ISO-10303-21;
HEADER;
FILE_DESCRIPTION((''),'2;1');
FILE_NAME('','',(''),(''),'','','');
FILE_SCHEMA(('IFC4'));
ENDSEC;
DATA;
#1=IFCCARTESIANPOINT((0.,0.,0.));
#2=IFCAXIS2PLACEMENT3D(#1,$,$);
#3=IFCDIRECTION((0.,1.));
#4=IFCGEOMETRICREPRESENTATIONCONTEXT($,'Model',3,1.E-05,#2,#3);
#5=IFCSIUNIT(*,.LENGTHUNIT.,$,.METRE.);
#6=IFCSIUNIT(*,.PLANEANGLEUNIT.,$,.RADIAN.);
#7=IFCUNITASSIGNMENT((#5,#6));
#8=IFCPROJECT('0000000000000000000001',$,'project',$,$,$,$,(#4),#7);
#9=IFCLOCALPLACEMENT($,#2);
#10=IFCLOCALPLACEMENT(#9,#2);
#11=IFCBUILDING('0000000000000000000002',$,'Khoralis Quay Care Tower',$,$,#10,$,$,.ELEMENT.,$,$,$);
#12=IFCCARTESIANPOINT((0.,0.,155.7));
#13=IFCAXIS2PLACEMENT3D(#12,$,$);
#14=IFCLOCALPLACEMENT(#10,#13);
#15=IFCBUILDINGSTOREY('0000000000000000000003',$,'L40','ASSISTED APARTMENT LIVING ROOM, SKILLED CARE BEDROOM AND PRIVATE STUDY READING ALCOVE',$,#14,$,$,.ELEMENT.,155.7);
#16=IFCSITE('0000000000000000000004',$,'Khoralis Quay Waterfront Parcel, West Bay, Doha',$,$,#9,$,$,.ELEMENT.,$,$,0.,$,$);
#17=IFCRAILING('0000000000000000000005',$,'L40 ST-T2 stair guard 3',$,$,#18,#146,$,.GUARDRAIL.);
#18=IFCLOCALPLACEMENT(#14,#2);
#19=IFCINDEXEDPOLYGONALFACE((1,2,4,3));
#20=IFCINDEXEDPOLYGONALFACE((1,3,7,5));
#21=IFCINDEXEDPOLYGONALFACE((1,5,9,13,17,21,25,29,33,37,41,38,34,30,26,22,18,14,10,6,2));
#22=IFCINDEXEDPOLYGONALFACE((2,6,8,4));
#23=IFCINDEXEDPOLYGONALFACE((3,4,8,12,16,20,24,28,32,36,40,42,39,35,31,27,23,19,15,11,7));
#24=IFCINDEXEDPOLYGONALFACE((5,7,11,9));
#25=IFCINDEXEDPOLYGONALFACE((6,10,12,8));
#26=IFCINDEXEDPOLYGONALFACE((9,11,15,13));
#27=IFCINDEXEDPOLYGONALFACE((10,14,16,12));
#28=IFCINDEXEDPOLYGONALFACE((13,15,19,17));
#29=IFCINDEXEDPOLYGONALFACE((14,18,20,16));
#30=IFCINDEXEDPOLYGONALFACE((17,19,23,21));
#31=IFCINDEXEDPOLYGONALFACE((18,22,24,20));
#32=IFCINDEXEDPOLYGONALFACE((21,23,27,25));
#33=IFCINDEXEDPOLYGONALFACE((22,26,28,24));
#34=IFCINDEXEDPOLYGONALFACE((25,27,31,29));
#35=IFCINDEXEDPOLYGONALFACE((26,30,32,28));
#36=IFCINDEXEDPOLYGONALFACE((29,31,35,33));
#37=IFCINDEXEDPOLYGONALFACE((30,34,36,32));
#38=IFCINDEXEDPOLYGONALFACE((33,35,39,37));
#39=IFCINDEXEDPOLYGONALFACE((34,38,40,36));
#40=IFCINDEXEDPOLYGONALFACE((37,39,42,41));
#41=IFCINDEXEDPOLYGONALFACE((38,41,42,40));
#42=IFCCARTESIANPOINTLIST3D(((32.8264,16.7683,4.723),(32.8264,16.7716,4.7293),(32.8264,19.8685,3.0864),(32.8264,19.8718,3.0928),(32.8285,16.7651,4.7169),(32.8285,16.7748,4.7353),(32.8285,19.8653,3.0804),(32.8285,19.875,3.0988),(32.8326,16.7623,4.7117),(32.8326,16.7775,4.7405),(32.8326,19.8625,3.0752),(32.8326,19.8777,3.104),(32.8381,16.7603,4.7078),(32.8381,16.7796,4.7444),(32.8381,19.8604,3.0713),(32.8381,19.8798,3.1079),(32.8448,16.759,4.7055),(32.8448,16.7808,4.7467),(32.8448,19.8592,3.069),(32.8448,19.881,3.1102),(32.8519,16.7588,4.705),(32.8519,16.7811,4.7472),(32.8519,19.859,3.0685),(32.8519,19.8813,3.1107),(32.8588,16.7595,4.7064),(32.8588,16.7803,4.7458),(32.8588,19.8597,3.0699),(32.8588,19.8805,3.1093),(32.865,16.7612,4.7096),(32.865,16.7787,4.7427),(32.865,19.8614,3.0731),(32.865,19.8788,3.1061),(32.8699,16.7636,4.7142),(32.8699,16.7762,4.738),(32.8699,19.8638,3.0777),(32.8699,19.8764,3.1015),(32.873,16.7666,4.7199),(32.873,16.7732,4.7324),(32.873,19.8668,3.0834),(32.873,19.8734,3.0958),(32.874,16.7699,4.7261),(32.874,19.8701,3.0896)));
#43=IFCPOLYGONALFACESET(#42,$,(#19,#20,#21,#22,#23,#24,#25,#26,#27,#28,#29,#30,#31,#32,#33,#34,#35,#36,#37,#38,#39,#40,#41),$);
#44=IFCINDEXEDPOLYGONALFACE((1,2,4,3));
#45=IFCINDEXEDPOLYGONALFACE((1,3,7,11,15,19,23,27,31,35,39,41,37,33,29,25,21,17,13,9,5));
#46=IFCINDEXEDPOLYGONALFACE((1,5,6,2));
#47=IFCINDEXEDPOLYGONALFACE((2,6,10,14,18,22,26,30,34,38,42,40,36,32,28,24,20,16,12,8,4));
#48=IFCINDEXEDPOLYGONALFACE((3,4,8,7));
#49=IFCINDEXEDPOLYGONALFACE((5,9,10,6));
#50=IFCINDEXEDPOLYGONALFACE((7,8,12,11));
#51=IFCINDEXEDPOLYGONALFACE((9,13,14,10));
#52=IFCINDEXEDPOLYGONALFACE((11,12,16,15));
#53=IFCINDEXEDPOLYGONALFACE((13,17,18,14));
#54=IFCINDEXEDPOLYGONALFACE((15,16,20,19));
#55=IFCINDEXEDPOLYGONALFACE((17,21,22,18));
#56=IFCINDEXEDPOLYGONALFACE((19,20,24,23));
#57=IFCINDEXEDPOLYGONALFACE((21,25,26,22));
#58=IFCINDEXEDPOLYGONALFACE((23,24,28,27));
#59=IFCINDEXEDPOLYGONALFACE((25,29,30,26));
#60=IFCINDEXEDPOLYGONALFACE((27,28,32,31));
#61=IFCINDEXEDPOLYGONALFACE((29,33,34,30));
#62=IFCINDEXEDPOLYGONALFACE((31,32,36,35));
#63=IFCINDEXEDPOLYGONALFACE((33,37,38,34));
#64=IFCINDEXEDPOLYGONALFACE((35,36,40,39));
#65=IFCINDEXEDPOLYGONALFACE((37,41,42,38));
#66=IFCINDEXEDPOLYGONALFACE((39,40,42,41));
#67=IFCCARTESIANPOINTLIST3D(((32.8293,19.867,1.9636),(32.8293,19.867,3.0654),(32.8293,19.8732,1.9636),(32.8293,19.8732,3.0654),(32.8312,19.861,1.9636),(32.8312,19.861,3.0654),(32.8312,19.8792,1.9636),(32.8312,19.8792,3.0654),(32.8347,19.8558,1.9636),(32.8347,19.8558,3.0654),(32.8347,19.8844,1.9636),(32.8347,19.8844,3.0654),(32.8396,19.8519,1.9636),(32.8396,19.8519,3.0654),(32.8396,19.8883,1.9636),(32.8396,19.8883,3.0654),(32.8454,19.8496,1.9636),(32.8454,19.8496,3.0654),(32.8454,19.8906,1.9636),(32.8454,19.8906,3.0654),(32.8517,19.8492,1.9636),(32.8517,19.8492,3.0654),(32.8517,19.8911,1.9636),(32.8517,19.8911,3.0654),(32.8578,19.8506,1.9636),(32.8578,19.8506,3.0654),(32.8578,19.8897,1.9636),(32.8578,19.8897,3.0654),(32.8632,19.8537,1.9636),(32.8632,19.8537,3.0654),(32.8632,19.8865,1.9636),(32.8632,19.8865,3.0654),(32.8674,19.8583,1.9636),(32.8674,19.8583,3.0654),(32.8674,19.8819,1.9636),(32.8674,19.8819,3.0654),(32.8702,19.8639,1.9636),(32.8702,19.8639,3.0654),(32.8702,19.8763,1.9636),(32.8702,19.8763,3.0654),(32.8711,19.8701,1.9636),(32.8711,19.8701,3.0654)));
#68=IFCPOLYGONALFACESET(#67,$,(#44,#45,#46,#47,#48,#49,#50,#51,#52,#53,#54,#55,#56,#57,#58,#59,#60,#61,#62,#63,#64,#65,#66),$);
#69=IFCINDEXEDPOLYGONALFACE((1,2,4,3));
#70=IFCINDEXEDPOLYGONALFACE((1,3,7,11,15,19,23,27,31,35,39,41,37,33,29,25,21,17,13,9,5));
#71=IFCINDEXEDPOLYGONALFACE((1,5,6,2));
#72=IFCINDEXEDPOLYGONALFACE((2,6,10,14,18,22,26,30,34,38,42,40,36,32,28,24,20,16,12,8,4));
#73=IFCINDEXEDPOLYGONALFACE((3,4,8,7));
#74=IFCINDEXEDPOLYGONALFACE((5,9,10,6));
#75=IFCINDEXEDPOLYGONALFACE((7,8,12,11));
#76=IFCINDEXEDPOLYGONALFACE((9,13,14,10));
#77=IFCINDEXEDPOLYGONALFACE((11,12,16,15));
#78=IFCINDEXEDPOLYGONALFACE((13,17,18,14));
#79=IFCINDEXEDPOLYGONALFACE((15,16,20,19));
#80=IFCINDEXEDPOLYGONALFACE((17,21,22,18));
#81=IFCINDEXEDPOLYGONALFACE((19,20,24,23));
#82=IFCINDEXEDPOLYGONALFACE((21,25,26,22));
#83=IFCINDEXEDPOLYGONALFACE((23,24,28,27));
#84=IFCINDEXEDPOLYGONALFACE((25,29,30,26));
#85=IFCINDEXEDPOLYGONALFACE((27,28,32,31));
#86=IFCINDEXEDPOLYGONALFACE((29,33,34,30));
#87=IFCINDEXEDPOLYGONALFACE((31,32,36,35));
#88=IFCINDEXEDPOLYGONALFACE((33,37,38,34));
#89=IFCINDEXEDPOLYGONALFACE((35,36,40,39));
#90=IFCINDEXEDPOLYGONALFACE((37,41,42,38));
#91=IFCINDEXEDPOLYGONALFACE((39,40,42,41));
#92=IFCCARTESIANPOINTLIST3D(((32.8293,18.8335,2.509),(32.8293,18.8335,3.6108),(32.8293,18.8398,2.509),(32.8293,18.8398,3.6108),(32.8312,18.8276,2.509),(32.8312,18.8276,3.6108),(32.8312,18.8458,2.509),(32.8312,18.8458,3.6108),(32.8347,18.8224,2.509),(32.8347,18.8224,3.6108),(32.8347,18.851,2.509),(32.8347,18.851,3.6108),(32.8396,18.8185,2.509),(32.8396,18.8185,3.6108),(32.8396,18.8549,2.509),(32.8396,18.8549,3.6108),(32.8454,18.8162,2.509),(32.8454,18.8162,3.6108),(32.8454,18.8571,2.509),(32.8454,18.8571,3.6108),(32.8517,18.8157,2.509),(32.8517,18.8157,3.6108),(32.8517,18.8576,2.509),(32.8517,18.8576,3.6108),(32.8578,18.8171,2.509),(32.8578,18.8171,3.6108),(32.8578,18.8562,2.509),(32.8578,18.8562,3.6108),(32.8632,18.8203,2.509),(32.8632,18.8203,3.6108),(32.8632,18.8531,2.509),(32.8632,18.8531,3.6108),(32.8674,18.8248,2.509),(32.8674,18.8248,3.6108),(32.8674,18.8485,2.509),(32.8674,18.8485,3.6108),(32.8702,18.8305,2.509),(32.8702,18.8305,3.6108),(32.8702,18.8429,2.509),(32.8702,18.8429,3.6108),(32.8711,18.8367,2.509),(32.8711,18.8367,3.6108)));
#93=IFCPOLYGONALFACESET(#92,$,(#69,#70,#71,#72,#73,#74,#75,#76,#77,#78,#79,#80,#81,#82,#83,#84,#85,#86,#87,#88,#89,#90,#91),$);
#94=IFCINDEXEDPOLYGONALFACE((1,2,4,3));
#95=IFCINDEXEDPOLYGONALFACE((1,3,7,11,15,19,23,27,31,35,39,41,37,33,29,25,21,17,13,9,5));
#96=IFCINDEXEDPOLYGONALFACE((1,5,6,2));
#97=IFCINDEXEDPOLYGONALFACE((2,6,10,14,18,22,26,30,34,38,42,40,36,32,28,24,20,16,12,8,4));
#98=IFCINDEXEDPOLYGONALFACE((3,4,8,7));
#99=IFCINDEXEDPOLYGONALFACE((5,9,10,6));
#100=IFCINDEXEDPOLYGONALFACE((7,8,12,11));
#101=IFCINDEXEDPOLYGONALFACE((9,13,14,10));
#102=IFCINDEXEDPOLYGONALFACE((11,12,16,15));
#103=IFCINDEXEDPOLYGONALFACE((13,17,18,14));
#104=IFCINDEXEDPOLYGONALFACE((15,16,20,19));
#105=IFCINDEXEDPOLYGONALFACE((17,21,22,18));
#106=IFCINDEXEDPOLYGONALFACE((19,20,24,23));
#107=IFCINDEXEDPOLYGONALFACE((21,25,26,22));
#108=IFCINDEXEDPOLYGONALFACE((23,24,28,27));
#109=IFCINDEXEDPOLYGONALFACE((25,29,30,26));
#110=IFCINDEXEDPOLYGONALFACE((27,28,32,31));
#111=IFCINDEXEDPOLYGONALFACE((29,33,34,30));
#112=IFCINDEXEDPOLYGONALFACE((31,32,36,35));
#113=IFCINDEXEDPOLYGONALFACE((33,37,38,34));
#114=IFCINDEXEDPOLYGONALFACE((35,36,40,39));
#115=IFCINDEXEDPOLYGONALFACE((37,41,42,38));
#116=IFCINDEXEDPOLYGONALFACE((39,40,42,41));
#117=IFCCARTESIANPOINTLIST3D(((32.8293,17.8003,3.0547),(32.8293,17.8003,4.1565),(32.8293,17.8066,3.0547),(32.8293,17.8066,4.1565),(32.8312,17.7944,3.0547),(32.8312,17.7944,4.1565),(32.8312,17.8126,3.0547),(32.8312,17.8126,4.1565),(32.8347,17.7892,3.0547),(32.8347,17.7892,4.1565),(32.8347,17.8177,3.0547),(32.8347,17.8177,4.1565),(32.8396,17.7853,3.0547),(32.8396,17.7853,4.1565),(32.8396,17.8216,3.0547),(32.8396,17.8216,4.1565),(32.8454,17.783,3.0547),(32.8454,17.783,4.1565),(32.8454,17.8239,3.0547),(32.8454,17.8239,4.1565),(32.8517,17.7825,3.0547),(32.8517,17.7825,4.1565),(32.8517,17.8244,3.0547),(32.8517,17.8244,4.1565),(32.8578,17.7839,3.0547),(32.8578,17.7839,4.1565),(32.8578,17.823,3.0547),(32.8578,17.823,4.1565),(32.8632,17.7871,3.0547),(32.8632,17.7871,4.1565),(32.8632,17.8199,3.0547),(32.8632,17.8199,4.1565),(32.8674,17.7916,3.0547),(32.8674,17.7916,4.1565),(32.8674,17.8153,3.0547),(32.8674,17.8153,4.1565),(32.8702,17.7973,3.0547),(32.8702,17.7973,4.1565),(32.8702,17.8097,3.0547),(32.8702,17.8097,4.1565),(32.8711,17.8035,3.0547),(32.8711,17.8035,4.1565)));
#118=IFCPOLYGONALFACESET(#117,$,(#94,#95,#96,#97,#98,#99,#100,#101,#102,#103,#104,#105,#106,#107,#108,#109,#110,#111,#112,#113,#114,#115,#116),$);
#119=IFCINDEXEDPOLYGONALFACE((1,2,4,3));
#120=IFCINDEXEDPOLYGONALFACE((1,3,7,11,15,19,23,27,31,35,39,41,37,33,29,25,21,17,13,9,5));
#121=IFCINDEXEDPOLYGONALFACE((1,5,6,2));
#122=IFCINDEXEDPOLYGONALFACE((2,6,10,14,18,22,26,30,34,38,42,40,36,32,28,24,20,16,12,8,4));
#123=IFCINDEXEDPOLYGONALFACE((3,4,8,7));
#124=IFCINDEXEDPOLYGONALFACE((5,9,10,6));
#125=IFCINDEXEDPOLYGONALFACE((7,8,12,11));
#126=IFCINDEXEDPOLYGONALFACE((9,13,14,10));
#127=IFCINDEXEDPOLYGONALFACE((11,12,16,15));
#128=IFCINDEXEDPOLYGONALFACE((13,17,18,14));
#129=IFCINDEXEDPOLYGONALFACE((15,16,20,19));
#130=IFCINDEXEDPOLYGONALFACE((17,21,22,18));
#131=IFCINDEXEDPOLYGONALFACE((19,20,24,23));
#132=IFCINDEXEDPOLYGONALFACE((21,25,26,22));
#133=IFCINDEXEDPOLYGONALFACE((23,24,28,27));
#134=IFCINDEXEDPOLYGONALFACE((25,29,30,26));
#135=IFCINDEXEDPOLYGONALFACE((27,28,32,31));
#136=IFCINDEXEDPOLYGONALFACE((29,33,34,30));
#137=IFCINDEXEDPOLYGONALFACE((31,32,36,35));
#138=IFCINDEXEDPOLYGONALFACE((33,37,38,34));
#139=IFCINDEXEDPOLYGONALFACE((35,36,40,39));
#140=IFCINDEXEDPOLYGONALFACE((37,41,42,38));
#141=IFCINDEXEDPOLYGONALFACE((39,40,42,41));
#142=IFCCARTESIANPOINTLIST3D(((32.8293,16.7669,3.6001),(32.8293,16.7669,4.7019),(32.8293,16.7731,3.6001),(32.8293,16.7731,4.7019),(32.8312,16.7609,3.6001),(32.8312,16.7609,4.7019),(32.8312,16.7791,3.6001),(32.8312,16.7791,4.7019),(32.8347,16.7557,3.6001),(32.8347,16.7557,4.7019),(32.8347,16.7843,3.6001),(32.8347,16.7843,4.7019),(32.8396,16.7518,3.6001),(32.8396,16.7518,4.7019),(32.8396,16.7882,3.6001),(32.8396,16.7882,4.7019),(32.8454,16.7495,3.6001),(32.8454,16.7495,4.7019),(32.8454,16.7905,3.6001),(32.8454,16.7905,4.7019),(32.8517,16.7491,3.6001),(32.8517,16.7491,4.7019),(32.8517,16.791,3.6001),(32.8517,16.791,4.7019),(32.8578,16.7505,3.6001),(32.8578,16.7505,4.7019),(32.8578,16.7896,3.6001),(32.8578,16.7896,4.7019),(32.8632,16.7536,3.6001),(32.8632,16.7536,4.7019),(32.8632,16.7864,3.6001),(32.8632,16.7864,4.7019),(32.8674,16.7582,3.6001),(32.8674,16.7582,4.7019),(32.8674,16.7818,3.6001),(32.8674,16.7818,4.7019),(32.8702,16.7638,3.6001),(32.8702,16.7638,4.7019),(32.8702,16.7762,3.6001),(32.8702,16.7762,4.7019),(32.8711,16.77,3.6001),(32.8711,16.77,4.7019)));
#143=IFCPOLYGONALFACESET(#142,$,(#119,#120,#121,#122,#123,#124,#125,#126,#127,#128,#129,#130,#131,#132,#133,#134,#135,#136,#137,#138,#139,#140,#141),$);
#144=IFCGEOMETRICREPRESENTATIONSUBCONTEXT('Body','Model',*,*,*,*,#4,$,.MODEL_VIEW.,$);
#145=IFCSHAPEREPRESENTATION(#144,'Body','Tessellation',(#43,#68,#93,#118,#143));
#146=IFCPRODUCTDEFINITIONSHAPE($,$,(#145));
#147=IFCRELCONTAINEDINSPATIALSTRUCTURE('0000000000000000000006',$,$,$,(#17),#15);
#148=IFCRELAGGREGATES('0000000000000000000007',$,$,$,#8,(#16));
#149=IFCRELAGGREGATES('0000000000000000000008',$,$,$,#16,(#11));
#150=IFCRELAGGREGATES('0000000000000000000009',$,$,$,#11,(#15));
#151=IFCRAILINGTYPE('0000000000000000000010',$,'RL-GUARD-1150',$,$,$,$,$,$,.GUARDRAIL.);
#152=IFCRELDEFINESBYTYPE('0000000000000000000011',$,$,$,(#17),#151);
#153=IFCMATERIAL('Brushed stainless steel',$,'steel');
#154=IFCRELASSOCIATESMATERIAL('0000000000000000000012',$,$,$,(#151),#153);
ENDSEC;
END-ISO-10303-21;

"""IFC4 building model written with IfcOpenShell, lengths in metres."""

from ifc_helpers import new_model, si_unit, direction, frame, origin, origin_2d, place, context, subcontext, project, spatial, circle, extrude, material, type_object, element, save


model = new_model("IFC4")

# Units and contexts
model_context = context("Model", 3, precision=1e-05, world=origin(), true_north=direction((0.0, 1.0)))
body_context = subcontext(model_context, "Body", "Model", "MODEL_VIEW")
ifc_project = project(units=[si_unit("LENGTHUNIT", "METRE"), si_unit("PLANEANGLEUNIT", "RADIAN")], contexts=[model_context])

# Site, building, storey
site_placement = place(None, origin())
site = spatial("IfcSite", under=ifc_project, at=site_placement, Name="Khoralis Quay Waterfront Parcel, West Bay, Doha", CompositionType="ELEMENT", RefElevation=0.0)
building_placement = place(site_placement, origin())
building = spatial("IfcBuilding", under=site, at=building_placement, Name="Khoralis Quay Care Tower", CompositionType="ELEMENT")
storey_placement = place(building_placement, frame((0.0, 0.0, 155.7)))
storey = spatial("IfcBuildingStorey", under=building, at=storey_placement, Name="L40", Description="ASSISTED APARTMENT LIVING ROOM, SKILLED CARE BEDROOM AND PRIVATE STUDY READING ALCOVE", CompositionType="ELEMENT", Elevation=155.7)

# Shared definitions
ifc_material_1 = material(Name="Brushed stainless steel", Category="steel")

# Railing
railing_type_1 = type_object("IfcRailingType", Name="RL-GUARD-1150", PredefinedType="GUARDRAIL", material=ifc_material_1)
railing_1_placement = place(storey_placement, frame((32.8501, 19.8701, 1.9636)))
element("IfcRailing", 1, at=railing_1_placement, inside=storey, type_object=railing_type_1, Name="L40 ST-T2 stair guard 3", PredefinedType="GUARDRAIL", context=body_context, shape_type="SweptSolid", body=[
    extrude(circle(Radius=0.0239, at=origin_2d()), frame((0.0, 0.0, 1.126), z_axis=(0.0, -0.884348, 0.466828), x_axis=(1.0, 0.0, 0.0)), (0.0, 0.0, 1.0), 3.5056),
    extrude(circle(Radius=0.021, at=origin_2d()), origin(), (0.0, 0.0, 1.0), 1.1018),
    extrude(circle(Radius=0.021, at=origin_2d()), frame((0.0, -1.0334, 0.5454)), (0.0, 0.0, 1.0), 1.1018),
    extrude(circle(Radius=0.021, at=origin_2d()), frame((0.0, -2.0667, 1.0911)), (0.0, 0.0, 1.0), 1.1018),
    extrude(circle(Radius=0.021, at=origin_2d()), frame((0.0, -3.1001, 1.6365)), (0.0, 0.0, 1.0), 1.1018),
])

save(model, "model.ifc")
